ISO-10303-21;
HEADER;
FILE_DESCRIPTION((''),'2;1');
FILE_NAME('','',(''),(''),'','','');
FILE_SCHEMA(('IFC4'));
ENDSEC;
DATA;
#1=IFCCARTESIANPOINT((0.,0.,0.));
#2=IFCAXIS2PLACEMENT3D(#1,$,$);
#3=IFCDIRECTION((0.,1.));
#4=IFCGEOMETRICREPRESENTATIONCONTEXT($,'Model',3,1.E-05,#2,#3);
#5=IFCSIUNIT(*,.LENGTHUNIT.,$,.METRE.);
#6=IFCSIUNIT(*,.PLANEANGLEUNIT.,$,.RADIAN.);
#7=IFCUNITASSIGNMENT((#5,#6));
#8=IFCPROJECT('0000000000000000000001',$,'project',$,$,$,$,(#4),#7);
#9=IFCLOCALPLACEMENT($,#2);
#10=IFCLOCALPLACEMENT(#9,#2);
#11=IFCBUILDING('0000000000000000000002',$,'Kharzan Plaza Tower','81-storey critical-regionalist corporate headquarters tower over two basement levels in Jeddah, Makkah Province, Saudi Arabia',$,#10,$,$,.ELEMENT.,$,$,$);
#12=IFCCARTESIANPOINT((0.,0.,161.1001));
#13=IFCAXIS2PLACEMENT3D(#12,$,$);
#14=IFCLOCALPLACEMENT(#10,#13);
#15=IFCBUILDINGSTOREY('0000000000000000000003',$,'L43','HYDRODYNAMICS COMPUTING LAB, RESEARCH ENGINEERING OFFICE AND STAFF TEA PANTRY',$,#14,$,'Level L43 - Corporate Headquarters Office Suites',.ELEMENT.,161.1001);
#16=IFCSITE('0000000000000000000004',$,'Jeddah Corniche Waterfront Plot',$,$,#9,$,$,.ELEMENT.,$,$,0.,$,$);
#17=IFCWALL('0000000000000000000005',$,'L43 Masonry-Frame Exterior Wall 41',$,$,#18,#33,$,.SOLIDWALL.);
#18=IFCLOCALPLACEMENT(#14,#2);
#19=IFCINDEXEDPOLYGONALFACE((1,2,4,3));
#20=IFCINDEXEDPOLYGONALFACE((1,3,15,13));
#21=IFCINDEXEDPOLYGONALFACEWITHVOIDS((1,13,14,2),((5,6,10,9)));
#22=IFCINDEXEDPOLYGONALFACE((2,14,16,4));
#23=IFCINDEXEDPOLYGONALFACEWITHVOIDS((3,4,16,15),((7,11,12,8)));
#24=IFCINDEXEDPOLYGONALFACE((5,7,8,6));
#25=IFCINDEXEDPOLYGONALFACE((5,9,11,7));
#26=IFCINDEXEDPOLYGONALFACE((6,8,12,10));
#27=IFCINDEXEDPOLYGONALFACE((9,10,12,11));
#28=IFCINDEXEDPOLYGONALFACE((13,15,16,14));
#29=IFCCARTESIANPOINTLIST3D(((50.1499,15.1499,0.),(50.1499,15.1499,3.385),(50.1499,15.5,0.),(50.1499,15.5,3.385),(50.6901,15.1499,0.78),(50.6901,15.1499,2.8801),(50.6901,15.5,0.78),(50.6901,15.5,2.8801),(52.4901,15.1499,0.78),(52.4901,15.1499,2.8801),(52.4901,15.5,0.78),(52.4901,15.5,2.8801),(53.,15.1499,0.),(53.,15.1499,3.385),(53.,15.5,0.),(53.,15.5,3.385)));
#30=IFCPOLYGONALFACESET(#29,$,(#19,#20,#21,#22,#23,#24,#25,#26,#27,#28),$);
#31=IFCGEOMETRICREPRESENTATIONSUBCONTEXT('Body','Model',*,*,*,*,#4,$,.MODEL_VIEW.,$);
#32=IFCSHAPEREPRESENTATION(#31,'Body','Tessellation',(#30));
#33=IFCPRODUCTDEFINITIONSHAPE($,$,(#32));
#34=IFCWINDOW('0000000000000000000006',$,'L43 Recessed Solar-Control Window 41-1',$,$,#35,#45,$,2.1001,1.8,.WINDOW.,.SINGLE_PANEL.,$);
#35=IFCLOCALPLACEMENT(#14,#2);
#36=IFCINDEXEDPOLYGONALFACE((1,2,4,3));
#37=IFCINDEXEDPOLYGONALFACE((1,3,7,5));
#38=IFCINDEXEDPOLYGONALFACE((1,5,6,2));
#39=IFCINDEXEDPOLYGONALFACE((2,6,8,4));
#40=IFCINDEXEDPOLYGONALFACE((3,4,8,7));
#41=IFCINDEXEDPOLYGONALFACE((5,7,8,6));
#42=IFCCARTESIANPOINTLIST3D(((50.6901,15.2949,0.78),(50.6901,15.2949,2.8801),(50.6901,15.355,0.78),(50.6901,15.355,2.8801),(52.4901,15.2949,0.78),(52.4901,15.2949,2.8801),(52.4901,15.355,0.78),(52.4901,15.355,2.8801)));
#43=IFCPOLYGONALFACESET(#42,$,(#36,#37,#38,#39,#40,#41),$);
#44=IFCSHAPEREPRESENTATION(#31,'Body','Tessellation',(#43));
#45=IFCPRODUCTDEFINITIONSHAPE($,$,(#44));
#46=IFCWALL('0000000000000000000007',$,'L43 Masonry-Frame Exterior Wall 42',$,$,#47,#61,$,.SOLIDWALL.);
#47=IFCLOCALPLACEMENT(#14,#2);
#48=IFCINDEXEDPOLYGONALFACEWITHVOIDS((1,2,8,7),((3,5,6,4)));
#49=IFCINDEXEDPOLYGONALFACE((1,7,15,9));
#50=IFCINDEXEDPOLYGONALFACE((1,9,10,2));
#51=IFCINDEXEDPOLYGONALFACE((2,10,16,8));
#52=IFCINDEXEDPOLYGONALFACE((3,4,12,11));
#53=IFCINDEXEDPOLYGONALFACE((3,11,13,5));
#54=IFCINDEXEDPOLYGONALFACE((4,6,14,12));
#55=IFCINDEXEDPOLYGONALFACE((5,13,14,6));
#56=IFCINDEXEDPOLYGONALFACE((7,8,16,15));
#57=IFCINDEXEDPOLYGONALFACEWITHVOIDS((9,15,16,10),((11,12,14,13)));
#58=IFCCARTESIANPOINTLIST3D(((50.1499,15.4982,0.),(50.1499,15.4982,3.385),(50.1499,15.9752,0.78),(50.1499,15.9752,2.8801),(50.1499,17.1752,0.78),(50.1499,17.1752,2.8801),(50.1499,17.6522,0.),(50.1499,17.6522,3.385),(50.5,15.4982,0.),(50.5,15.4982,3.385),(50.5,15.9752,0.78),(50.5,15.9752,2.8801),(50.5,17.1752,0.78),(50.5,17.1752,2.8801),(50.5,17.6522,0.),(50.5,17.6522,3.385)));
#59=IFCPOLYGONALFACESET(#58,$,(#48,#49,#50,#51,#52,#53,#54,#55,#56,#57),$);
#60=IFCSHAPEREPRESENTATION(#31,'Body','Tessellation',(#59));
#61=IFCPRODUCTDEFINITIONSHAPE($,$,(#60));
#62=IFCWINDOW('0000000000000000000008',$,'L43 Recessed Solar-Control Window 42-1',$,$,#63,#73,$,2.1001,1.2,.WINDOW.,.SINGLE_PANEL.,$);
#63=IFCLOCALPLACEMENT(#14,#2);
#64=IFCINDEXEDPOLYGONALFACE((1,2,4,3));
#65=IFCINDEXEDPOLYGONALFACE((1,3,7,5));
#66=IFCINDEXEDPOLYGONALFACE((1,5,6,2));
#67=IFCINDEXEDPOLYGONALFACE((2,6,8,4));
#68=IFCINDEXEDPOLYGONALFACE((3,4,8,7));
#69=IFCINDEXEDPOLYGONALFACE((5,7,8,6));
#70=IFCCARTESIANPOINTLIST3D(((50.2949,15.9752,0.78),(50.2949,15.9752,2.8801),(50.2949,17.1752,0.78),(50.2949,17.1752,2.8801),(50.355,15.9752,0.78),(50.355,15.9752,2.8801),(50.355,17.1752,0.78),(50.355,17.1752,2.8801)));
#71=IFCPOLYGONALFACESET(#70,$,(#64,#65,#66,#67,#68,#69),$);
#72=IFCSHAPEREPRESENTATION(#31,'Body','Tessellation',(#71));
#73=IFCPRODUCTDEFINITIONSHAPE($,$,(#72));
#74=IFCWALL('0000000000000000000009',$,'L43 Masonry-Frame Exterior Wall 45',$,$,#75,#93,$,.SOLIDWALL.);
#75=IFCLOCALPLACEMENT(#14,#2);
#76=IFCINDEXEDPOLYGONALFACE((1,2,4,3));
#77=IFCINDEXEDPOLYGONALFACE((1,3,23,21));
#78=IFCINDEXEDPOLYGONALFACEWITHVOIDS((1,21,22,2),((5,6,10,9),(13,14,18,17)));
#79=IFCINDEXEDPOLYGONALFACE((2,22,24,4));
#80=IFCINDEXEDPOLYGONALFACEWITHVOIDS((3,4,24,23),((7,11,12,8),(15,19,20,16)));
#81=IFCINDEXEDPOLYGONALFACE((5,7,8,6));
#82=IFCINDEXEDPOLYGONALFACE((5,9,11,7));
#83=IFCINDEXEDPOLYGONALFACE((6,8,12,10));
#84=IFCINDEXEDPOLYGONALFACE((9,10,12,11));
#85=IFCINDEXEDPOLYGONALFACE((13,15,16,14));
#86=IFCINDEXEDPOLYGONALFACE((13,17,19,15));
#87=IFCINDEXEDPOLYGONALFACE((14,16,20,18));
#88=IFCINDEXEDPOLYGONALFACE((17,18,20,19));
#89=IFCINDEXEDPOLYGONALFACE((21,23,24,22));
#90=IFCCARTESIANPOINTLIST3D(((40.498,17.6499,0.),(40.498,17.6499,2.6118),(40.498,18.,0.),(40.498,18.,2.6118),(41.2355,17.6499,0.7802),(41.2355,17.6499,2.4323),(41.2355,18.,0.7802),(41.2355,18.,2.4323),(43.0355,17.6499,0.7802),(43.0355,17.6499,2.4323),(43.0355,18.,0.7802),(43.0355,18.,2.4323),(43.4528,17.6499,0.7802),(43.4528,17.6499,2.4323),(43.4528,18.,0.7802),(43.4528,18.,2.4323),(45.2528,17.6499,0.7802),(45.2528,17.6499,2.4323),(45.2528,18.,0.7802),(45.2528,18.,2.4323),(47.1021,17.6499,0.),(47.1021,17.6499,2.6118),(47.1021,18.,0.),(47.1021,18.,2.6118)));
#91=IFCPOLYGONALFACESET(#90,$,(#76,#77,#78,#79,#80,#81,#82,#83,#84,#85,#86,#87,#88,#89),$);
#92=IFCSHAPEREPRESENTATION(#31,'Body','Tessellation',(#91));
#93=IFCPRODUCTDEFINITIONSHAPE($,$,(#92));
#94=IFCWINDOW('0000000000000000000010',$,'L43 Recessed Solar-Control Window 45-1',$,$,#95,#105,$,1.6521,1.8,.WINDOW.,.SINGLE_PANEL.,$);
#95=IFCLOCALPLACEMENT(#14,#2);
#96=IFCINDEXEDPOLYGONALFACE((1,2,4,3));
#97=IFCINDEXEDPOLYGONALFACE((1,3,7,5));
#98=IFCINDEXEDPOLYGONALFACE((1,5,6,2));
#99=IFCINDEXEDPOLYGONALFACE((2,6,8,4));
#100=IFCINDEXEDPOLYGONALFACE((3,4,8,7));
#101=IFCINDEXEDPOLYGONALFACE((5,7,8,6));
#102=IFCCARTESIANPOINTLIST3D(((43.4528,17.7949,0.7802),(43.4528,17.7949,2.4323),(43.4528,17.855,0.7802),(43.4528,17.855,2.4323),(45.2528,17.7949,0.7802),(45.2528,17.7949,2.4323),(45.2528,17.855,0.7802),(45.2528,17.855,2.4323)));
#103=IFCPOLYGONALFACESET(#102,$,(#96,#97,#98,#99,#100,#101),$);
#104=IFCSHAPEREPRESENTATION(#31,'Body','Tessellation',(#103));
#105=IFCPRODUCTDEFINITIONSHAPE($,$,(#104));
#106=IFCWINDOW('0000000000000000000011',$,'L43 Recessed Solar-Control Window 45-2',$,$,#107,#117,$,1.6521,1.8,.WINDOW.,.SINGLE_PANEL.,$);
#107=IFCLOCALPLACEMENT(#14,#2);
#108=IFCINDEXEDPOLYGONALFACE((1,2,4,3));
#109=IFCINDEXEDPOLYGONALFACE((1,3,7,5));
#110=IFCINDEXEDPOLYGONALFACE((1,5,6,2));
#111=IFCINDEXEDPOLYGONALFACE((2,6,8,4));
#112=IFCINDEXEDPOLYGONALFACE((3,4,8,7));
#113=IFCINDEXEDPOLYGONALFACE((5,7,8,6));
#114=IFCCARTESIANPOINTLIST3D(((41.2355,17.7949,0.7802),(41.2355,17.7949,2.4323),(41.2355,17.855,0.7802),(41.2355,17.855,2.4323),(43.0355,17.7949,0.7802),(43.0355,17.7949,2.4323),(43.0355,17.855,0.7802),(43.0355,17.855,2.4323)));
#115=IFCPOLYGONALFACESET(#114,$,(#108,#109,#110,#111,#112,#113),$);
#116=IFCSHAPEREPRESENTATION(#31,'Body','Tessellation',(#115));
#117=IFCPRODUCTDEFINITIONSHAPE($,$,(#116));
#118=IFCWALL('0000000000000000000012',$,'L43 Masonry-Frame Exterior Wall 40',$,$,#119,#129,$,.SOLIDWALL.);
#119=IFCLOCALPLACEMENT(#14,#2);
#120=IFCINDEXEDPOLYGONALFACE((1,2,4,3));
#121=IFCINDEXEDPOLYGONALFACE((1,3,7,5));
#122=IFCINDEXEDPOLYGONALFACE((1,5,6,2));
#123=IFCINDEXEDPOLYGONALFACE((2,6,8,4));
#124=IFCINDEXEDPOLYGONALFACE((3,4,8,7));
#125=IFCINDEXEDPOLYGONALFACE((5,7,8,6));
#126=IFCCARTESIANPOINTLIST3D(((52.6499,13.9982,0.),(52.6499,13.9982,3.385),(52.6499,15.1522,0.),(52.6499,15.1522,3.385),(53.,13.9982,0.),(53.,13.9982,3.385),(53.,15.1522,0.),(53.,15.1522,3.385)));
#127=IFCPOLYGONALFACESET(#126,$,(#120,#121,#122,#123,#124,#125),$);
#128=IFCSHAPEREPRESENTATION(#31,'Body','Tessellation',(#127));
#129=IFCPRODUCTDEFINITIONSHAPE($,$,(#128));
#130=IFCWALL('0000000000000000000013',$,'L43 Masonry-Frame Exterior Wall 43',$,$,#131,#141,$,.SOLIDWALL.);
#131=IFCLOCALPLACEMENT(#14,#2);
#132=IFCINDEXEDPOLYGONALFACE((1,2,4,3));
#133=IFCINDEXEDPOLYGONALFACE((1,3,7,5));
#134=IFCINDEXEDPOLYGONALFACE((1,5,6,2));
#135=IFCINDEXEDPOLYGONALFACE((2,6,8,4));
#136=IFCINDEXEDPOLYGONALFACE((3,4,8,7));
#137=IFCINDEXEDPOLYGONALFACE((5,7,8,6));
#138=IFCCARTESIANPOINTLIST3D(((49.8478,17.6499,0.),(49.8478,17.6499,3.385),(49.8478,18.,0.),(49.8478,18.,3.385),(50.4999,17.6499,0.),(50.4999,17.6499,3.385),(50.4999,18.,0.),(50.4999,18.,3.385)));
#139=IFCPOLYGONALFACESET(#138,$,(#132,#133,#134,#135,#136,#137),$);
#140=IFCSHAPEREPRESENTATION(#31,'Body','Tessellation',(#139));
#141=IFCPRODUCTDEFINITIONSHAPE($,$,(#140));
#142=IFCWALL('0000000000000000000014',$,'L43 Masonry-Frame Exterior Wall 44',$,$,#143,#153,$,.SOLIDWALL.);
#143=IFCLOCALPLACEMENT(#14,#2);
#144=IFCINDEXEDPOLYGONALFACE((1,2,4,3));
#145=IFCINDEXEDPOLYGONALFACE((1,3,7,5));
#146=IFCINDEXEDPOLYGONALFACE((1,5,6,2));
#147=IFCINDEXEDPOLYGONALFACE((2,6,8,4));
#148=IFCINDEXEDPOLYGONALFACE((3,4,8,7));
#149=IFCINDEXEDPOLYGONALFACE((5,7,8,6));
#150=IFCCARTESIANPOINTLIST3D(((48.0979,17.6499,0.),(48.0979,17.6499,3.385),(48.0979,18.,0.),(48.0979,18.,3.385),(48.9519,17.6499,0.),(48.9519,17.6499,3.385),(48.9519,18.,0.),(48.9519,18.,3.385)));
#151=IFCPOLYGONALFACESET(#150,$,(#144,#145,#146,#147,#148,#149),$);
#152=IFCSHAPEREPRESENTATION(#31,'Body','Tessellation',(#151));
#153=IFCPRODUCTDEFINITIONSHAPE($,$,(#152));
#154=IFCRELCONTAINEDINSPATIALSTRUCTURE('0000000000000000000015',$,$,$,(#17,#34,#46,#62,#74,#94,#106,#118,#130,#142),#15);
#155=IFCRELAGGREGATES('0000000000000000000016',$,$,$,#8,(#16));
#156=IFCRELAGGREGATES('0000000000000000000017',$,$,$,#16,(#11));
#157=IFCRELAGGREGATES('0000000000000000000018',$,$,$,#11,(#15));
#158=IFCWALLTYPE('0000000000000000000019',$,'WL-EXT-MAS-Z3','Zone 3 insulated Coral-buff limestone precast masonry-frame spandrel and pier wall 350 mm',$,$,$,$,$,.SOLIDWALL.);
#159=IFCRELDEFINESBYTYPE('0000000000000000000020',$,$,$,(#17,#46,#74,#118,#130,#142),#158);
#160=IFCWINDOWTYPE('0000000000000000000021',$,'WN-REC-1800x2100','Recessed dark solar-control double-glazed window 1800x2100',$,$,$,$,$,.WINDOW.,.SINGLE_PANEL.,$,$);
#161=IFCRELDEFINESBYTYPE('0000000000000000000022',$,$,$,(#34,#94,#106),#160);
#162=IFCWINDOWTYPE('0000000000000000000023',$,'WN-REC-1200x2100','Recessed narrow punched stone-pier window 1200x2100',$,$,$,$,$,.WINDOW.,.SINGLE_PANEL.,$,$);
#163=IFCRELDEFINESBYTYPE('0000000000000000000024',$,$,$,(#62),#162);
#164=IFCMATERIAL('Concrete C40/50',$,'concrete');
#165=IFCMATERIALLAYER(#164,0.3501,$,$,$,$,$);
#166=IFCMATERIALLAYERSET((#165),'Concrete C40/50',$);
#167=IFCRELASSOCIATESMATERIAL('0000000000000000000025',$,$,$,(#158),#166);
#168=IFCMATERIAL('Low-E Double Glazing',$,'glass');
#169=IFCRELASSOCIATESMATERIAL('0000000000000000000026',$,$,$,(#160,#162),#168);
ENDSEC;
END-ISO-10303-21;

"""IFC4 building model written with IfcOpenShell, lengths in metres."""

from ifc_helpers import new_model, si_unit, direction, frame, frame_2d, origin, place, context, subcontext, project, spatial, rectangle, extrude, source, transform, mapped, material, layer, layer_set, type_object, element, fill, save


model = new_model("IFC4")

# Units and contexts
model_context = context("Model", 3, precision=1e-05, world=origin(), true_north=direction((0.0, 1.0)))
body_context = subcontext(model_context, "Body", "Model", "MODEL_VIEW")
ifc_project = project(units=[si_unit("LENGTHUNIT", "METRE"), si_unit("PLANEANGLEUNIT", "RADIAN")], contexts=[model_context])

# Site, building, storey
site_placement = place(None, origin())
site = spatial("IfcSite", under=ifc_project, at=site_placement, Name="Jeddah Corniche Waterfront Plot", CompositionType="ELEMENT", RefElevation=0.0)
building_placement = place(site_placement, origin())
building = spatial("IfcBuilding", under=site, at=building_placement, Name="Kharzan Plaza Tower", Description="81-storey critical-regionalist corporate headquarters tower over two basement levels in Jeddah, Makkah Province, Saudi Arabia", CompositionType="ELEMENT")
storey_placement = place(building_placement, frame((0.0, 0.0, 161.1001)))
storey = spatial("IfcBuildingStorey", under=building, at=storey_placement, Name="L43", Description="HYDRODYNAMICS COMPUTING LAB, RESEARCH ENGINEERING OFFICE AND STAFF TEA PANTRY", LongName="Level L43 - Corporate Headquarters Office Suites", CompositionType="ELEMENT", Elevation=161.1001)

# Walls, openings, windows
ifc_material_1 = material(Name="Concrete C40/50", Category="concrete")
ifc_layer_1 = layer(ifc_material_1, 0.3501)
ifc_layer_set_1 = layer_set([ifc_layer_1], Name="Concrete C40/50")
wall_type_1 = type_object("IfcWallType", Name="WL-EXT-MAS-Z3", Description="Zone 3 insulated Coral-buff limestone precast masonry-frame spandrel and pier wall 350 mm", PredefinedType="SOLIDWALL", material=ifc_layer_set_1)
wall_1_placement = place(storey_placement, frame((53.0, 15.325, 0.0), z_axis=(0.0, 0.0, 1.0), x_axis=(-1.0, 0.0, 0.0)))
wall_1 = element("IfcWall", 1, at=wall_1_placement, inside=storey, type_object=wall_type_1, Name="L43 Masonry-Frame Exterior Wall 41", PredefinedType="SOLIDWALL", context=body_context, shape_type="SweptSolid", body=[
    extrude(rectangle(XDim=2.8501, YDim=0.3501, at=frame_2d((1.425, 0.0))), origin(), (0.0, 0.0, 1.0), 3.385),
])
opening_1_placement = place(wall_1_placement, frame((0.51, 0.0, 0.78)))
opening_1 = element("IfcOpeningElement", 2, at=opening_1_placement, cuts=wall_1, PredefinedType="OPENING", context=body_context, shape_type="SweptSolid", body=[
    extrude(rectangle(XDim=1.8, YDim=2.1001, at=frame_2d((0.8999, 1.05))), frame((0.0, 0.1851, 0.0), z_axis=(0.0, -1.0, 0.0), x_axis=(1.0, 0.0, 0.0)), (0.0, 0.0, 1.0), 0.3701),
])
ifc_material_2 = material(Name="Low-E Double Glazing", Category="glass")
window_type_1 = type_object("IfcWindowType", Name="WN-REC-1800x2100", Description="Recessed dark solar-control double-glazed window 1800x2100", PartitioningType="SINGLE_PANEL", PredefinedType="WINDOW", material=ifc_material_2)
shared_shape_1 = source(origin(), body_context, "Body", "SweptSolid", [
    extrude(rectangle(XDim=1.8, YDim=2.1001, at=frame_2d((0.8999, 1.05))), frame((0.0, 0.03, 0.0), z_axis=(0.0, -1.0, 0.0), x_axis=(1.0, 0.0, 0.0)), (0.0, 0.0, 1.0), 0.0601),
])
window_1_placement = place(opening_1_placement, origin())
window_1 = element("IfcWindow", 3, at=window_1_placement, inside=storey, type_object=window_type_1, Name="L43 Recessed Solar-Control Window 41-1", OverallHeight=2.1001, OverallWidth=1.8, PartitioningType="SINGLE_PANEL", PredefinedType="WINDOW", context=body_context, shape_type="MappedRepresentation", body=[
    mapped(shared_shape_1, transform((0.0, 0.0, 0.0), x_axis=(1.0, 0.0, 0.0), y_axis=(0.0, 1.0, 0.0), z_axis=(0.0, 0.0, 1.0))),
])
fill(opening_1, window_1)
wall_2_placement = place(storey_placement, frame((50.325, 15.498, 0.0), z_axis=(0.0, 0.0, 1.0), x_axis=(0.0, 1.0, 0.0)))
wall_2 = element("IfcWall", 4, at=wall_2_placement, inside=storey, type_object=wall_type_1, Name="L43 Masonry-Frame Exterior Wall 42", PredefinedType="SOLIDWALL", context=body_context, shape_type="SweptSolid", body=[
    extrude(rectangle(XDim=2.1541, YDim=0.3501, at=frame_2d((1.0771, 0.0))), origin(), (0.0, 0.0, 1.0), 3.385),
])
opening_2_placement = place(wall_2_placement, frame((0.4771, 0.0, 0.78)))
opening_2 = element("IfcOpeningElement", 5, at=opening_2_placement, cuts=wall_2, PredefinedType="OPENING", context=body_context, shape_type="SweptSolid", body=[
    extrude(rectangle(XDim=1.2, YDim=2.1001, at=frame_2d((0.6001, 1.05))), frame((0.0, 0.1851, 0.0), z_axis=(0.0, -1.0, 0.0), x_axis=(1.0, 0.0, 0.0)), (0.0, 0.0, 1.0), 0.3701),
])
window_type_2 = type_object("IfcWindowType", Name="WN-REC-1200x2100", Description="Recessed narrow punched stone-pier window 1200x2100", PartitioningType="SINGLE_PANEL", PredefinedType="WINDOW", material=ifc_material_2)
shared_shape_2 = source(origin(), body_context, "Body", "SweptSolid", [
    extrude(rectangle(XDim=1.2, YDim=2.1001, at=frame_2d((0.6001, 1.05))), frame((0.0, 0.03, 0.0), z_axis=(0.0, -1.0, 0.0), x_axis=(1.0, 0.0, 0.0)), (0.0, 0.0, 1.0), 0.0601),
])
window_2_placement = place(opening_2_placement, origin())
window_2 = element("IfcWindow", 6, at=window_2_placement, inside=storey, type_object=window_type_2, Name="L43 Recessed Solar-Control Window 42-1", OverallHeight=2.1001, OverallWidth=1.2, PartitioningType="SINGLE_PANEL", PredefinedType="WINDOW", context=body_context, shape_type="MappedRepresentation", body=[
    mapped(shared_shape_2, transform((0.0, 0.0, 0.0), x_axis=(1.0, 0.0, 0.0), y_axis=(0.0, 1.0, 0.0), z_axis=(0.0, 0.0, 1.0))),
])
fill(opening_2, window_2)

# Wall, openings, windows
wall_3_placement = place(storey_placement, frame((47.1021, 17.825, 0.0), z_axis=(0.0, 0.0, 1.0), x_axis=(-1.0, 0.0, 0.0)))
wall_3 = element("IfcWall", 7, at=wall_3_placement, inside=storey, type_object=wall_type_1, Name="L43 Masonry-Frame Exterior Wall 45", PredefinedType="SOLIDWALL", context=body_context, shape_type="SweptSolid", body=[
    extrude(rectangle(XDim=6.604, YDim=0.3501, at=frame_2d((3.302, 0.0))), origin(), (0.0, 0.0, 1.0), 2.6118),
])
opening_3_placement = place(wall_3_placement, frame((1.8494, 0.0, 0.78)))
opening_3 = element("IfcOpeningElement", 8, at=opening_3_placement, cuts=wall_3, PredefinedType="OPENING", context=body_context, shape_type="SweptSolid", body=[
    extrude(rectangle(XDim=1.8, YDim=1.6521, at=frame_2d((0.8999, 0.8262))), frame((0.0, 0.1851, 0.0), z_axis=(0.0, -1.0, 0.0), x_axis=(1.0, 0.0, 0.0)), (0.0, 0.0, 1.0), 0.3701),
])
opening_4_placement = place(wall_3_placement, frame((4.0667, 0.0, 0.78)))
opening_4 = element("IfcOpeningElement", 9, at=opening_4_placement, cuts=wall_3, PredefinedType="OPENING", context=body_context, shape_type="SweptSolid", body=[
    extrude(rectangle(XDim=1.8, YDim=1.6521, at=frame_2d((0.8999, 0.8262))), frame((0.0, 0.1851, 0.0), z_axis=(0.0, -1.0, 0.0), x_axis=(1.0, 0.0, 0.0)), (0.0, 0.0, 1.0), 0.3701),
])
shared_shape_3 = source(origin(), body_context, "Body", "SweptSolid", [
    extrude(rectangle(XDim=1.8, YDim=1.6521, at=frame_2d((0.8999, 0.8262))), frame((0.0, 0.03, 0.0), z_axis=(0.0, -1.0, 0.0), x_axis=(1.0, 0.0, 0.0)), (0.0, 0.0, 1.0), 0.0601),
])
window_3_placement = place(opening_3_placement, origin())
window_3 = element("IfcWindow", 10, at=window_3_placement, inside=storey, type_object=window_type_1, Name="L43 Recessed Solar-Control Window 45-1", OverallHeight=1.6521, OverallWidth=1.8, PartitioningType="SINGLE_PANEL", PredefinedType="WINDOW", context=body_context, shape_type="MappedRepresentation", body=[
    mapped(shared_shape_3, transform((0.0, 0.0, 0.0), x_axis=(1.0, 0.0, 0.0), y_axis=(0.0, 1.0, 0.0), z_axis=(0.0, 0.0, 1.0))),
])
fill(opening_3, window_3)
window_4_placement = place(opening_4_placement, origin())
window_4 = element("IfcWindow", 11, at=window_4_placement, inside=storey, type_object=window_type_1, Name="L43 Recessed Solar-Control Window 45-2", OverallHeight=1.6521, OverallWidth=1.8, PartitioningType="SINGLE_PANEL", PredefinedType="WINDOW", context=body_context, shape_type="MappedRepresentation", body=[
    mapped(shared_shape_3, transform((0.0, 0.0, 0.0), x_axis=(1.0, 0.0, 0.0), y_axis=(0.0, 1.0, 0.0), z_axis=(0.0, 0.0, 1.0))),
])
fill(opening_4, window_4)

# Walls
shared_shape_4 = source(origin(), body_context, "Body", "SweptSolid", [
    extrude(rectangle(XDim=1.1541, YDim=0.3501, at=frame_2d((0.5771, 0.0))), origin(), (0.0, 0.0, 1.0), 3.385),
])
wall_4_placement = place(storey_placement, frame((52.825, 13.998, 0.0), z_axis=(0.0, 0.0, 1.0), x_axis=(0.0, 1.0, 0.0)))
element("IfcWall", 12, at=wall_4_placement, inside=storey, type_object=wall_type_1, Name="L43 Masonry-Frame Exterior Wall 40", PredefinedType="SOLIDWALL", context=body_context, shape_type="MappedRepresentation", body=[
    mapped(shared_shape_4, transform((0.0, 0.0, 0.0), x_axis=(1.0, 0.0, 0.0), y_axis=(0.0, 1.0, 0.0), z_axis=(0.0, 0.0, 1.0))),
])
shared_shape_5 = source(origin(), body_context, "Body", "SweptSolid", [
    extrude(rectangle(XDim=0.6521, YDim=0.3501, at=frame_2d((0.3262, 0.0))), origin(), (0.0, 0.0, 1.0), 3.385),
])
wall_5_placement = place(storey_placement, frame((50.5, 17.825, 0.0), z_axis=(0.0, 0.0, 1.0), x_axis=(-1.0, 0.0, 0.0)))
element("IfcWall", 13, at=wall_5_placement, inside=storey, type_object=wall_type_1, Name="L43 Masonry-Frame Exterior Wall 43", PredefinedType="SOLIDWALL", context=body_context, shape_type="MappedRepresentation", body=[
    mapped(shared_shape_5, transform((0.0, 0.0, 0.0), x_axis=(1.0, 0.0, 0.0), y_axis=(0.0, 1.0, 0.0), z_axis=(0.0, 0.0, 1.0))),
])
shared_shape_6 = source(origin(), body_context, "Body", "SweptSolid", [
    extrude(rectangle(XDim=0.854, YDim=0.3501, at=frame_2d((0.427, 0.0))), origin(), (0.0, 0.0, 1.0), 3.385),
])
wall_6_placement = place(storey_placement, frame((48.9519, 17.825, 0.0), z_axis=(0.0, 0.0, 1.0), x_axis=(-1.0, 0.0, 0.0)))
element("IfcWall", 14, at=wall_6_placement, inside=storey, type_object=wall_type_1, Name="L43 Masonry-Frame Exterior Wall 44", PredefinedType="SOLIDWALL", context=body_context, shape_type="MappedRepresentation", body=[
    mapped(shared_shape_6, transform((0.0, 0.0, 0.0), x_axis=(1.0, 0.0, 0.0), y_axis=(0.0, 1.0, 0.0), z_axis=(0.0, 0.0, 1.0))),
])

save(model, "model.ifc")
